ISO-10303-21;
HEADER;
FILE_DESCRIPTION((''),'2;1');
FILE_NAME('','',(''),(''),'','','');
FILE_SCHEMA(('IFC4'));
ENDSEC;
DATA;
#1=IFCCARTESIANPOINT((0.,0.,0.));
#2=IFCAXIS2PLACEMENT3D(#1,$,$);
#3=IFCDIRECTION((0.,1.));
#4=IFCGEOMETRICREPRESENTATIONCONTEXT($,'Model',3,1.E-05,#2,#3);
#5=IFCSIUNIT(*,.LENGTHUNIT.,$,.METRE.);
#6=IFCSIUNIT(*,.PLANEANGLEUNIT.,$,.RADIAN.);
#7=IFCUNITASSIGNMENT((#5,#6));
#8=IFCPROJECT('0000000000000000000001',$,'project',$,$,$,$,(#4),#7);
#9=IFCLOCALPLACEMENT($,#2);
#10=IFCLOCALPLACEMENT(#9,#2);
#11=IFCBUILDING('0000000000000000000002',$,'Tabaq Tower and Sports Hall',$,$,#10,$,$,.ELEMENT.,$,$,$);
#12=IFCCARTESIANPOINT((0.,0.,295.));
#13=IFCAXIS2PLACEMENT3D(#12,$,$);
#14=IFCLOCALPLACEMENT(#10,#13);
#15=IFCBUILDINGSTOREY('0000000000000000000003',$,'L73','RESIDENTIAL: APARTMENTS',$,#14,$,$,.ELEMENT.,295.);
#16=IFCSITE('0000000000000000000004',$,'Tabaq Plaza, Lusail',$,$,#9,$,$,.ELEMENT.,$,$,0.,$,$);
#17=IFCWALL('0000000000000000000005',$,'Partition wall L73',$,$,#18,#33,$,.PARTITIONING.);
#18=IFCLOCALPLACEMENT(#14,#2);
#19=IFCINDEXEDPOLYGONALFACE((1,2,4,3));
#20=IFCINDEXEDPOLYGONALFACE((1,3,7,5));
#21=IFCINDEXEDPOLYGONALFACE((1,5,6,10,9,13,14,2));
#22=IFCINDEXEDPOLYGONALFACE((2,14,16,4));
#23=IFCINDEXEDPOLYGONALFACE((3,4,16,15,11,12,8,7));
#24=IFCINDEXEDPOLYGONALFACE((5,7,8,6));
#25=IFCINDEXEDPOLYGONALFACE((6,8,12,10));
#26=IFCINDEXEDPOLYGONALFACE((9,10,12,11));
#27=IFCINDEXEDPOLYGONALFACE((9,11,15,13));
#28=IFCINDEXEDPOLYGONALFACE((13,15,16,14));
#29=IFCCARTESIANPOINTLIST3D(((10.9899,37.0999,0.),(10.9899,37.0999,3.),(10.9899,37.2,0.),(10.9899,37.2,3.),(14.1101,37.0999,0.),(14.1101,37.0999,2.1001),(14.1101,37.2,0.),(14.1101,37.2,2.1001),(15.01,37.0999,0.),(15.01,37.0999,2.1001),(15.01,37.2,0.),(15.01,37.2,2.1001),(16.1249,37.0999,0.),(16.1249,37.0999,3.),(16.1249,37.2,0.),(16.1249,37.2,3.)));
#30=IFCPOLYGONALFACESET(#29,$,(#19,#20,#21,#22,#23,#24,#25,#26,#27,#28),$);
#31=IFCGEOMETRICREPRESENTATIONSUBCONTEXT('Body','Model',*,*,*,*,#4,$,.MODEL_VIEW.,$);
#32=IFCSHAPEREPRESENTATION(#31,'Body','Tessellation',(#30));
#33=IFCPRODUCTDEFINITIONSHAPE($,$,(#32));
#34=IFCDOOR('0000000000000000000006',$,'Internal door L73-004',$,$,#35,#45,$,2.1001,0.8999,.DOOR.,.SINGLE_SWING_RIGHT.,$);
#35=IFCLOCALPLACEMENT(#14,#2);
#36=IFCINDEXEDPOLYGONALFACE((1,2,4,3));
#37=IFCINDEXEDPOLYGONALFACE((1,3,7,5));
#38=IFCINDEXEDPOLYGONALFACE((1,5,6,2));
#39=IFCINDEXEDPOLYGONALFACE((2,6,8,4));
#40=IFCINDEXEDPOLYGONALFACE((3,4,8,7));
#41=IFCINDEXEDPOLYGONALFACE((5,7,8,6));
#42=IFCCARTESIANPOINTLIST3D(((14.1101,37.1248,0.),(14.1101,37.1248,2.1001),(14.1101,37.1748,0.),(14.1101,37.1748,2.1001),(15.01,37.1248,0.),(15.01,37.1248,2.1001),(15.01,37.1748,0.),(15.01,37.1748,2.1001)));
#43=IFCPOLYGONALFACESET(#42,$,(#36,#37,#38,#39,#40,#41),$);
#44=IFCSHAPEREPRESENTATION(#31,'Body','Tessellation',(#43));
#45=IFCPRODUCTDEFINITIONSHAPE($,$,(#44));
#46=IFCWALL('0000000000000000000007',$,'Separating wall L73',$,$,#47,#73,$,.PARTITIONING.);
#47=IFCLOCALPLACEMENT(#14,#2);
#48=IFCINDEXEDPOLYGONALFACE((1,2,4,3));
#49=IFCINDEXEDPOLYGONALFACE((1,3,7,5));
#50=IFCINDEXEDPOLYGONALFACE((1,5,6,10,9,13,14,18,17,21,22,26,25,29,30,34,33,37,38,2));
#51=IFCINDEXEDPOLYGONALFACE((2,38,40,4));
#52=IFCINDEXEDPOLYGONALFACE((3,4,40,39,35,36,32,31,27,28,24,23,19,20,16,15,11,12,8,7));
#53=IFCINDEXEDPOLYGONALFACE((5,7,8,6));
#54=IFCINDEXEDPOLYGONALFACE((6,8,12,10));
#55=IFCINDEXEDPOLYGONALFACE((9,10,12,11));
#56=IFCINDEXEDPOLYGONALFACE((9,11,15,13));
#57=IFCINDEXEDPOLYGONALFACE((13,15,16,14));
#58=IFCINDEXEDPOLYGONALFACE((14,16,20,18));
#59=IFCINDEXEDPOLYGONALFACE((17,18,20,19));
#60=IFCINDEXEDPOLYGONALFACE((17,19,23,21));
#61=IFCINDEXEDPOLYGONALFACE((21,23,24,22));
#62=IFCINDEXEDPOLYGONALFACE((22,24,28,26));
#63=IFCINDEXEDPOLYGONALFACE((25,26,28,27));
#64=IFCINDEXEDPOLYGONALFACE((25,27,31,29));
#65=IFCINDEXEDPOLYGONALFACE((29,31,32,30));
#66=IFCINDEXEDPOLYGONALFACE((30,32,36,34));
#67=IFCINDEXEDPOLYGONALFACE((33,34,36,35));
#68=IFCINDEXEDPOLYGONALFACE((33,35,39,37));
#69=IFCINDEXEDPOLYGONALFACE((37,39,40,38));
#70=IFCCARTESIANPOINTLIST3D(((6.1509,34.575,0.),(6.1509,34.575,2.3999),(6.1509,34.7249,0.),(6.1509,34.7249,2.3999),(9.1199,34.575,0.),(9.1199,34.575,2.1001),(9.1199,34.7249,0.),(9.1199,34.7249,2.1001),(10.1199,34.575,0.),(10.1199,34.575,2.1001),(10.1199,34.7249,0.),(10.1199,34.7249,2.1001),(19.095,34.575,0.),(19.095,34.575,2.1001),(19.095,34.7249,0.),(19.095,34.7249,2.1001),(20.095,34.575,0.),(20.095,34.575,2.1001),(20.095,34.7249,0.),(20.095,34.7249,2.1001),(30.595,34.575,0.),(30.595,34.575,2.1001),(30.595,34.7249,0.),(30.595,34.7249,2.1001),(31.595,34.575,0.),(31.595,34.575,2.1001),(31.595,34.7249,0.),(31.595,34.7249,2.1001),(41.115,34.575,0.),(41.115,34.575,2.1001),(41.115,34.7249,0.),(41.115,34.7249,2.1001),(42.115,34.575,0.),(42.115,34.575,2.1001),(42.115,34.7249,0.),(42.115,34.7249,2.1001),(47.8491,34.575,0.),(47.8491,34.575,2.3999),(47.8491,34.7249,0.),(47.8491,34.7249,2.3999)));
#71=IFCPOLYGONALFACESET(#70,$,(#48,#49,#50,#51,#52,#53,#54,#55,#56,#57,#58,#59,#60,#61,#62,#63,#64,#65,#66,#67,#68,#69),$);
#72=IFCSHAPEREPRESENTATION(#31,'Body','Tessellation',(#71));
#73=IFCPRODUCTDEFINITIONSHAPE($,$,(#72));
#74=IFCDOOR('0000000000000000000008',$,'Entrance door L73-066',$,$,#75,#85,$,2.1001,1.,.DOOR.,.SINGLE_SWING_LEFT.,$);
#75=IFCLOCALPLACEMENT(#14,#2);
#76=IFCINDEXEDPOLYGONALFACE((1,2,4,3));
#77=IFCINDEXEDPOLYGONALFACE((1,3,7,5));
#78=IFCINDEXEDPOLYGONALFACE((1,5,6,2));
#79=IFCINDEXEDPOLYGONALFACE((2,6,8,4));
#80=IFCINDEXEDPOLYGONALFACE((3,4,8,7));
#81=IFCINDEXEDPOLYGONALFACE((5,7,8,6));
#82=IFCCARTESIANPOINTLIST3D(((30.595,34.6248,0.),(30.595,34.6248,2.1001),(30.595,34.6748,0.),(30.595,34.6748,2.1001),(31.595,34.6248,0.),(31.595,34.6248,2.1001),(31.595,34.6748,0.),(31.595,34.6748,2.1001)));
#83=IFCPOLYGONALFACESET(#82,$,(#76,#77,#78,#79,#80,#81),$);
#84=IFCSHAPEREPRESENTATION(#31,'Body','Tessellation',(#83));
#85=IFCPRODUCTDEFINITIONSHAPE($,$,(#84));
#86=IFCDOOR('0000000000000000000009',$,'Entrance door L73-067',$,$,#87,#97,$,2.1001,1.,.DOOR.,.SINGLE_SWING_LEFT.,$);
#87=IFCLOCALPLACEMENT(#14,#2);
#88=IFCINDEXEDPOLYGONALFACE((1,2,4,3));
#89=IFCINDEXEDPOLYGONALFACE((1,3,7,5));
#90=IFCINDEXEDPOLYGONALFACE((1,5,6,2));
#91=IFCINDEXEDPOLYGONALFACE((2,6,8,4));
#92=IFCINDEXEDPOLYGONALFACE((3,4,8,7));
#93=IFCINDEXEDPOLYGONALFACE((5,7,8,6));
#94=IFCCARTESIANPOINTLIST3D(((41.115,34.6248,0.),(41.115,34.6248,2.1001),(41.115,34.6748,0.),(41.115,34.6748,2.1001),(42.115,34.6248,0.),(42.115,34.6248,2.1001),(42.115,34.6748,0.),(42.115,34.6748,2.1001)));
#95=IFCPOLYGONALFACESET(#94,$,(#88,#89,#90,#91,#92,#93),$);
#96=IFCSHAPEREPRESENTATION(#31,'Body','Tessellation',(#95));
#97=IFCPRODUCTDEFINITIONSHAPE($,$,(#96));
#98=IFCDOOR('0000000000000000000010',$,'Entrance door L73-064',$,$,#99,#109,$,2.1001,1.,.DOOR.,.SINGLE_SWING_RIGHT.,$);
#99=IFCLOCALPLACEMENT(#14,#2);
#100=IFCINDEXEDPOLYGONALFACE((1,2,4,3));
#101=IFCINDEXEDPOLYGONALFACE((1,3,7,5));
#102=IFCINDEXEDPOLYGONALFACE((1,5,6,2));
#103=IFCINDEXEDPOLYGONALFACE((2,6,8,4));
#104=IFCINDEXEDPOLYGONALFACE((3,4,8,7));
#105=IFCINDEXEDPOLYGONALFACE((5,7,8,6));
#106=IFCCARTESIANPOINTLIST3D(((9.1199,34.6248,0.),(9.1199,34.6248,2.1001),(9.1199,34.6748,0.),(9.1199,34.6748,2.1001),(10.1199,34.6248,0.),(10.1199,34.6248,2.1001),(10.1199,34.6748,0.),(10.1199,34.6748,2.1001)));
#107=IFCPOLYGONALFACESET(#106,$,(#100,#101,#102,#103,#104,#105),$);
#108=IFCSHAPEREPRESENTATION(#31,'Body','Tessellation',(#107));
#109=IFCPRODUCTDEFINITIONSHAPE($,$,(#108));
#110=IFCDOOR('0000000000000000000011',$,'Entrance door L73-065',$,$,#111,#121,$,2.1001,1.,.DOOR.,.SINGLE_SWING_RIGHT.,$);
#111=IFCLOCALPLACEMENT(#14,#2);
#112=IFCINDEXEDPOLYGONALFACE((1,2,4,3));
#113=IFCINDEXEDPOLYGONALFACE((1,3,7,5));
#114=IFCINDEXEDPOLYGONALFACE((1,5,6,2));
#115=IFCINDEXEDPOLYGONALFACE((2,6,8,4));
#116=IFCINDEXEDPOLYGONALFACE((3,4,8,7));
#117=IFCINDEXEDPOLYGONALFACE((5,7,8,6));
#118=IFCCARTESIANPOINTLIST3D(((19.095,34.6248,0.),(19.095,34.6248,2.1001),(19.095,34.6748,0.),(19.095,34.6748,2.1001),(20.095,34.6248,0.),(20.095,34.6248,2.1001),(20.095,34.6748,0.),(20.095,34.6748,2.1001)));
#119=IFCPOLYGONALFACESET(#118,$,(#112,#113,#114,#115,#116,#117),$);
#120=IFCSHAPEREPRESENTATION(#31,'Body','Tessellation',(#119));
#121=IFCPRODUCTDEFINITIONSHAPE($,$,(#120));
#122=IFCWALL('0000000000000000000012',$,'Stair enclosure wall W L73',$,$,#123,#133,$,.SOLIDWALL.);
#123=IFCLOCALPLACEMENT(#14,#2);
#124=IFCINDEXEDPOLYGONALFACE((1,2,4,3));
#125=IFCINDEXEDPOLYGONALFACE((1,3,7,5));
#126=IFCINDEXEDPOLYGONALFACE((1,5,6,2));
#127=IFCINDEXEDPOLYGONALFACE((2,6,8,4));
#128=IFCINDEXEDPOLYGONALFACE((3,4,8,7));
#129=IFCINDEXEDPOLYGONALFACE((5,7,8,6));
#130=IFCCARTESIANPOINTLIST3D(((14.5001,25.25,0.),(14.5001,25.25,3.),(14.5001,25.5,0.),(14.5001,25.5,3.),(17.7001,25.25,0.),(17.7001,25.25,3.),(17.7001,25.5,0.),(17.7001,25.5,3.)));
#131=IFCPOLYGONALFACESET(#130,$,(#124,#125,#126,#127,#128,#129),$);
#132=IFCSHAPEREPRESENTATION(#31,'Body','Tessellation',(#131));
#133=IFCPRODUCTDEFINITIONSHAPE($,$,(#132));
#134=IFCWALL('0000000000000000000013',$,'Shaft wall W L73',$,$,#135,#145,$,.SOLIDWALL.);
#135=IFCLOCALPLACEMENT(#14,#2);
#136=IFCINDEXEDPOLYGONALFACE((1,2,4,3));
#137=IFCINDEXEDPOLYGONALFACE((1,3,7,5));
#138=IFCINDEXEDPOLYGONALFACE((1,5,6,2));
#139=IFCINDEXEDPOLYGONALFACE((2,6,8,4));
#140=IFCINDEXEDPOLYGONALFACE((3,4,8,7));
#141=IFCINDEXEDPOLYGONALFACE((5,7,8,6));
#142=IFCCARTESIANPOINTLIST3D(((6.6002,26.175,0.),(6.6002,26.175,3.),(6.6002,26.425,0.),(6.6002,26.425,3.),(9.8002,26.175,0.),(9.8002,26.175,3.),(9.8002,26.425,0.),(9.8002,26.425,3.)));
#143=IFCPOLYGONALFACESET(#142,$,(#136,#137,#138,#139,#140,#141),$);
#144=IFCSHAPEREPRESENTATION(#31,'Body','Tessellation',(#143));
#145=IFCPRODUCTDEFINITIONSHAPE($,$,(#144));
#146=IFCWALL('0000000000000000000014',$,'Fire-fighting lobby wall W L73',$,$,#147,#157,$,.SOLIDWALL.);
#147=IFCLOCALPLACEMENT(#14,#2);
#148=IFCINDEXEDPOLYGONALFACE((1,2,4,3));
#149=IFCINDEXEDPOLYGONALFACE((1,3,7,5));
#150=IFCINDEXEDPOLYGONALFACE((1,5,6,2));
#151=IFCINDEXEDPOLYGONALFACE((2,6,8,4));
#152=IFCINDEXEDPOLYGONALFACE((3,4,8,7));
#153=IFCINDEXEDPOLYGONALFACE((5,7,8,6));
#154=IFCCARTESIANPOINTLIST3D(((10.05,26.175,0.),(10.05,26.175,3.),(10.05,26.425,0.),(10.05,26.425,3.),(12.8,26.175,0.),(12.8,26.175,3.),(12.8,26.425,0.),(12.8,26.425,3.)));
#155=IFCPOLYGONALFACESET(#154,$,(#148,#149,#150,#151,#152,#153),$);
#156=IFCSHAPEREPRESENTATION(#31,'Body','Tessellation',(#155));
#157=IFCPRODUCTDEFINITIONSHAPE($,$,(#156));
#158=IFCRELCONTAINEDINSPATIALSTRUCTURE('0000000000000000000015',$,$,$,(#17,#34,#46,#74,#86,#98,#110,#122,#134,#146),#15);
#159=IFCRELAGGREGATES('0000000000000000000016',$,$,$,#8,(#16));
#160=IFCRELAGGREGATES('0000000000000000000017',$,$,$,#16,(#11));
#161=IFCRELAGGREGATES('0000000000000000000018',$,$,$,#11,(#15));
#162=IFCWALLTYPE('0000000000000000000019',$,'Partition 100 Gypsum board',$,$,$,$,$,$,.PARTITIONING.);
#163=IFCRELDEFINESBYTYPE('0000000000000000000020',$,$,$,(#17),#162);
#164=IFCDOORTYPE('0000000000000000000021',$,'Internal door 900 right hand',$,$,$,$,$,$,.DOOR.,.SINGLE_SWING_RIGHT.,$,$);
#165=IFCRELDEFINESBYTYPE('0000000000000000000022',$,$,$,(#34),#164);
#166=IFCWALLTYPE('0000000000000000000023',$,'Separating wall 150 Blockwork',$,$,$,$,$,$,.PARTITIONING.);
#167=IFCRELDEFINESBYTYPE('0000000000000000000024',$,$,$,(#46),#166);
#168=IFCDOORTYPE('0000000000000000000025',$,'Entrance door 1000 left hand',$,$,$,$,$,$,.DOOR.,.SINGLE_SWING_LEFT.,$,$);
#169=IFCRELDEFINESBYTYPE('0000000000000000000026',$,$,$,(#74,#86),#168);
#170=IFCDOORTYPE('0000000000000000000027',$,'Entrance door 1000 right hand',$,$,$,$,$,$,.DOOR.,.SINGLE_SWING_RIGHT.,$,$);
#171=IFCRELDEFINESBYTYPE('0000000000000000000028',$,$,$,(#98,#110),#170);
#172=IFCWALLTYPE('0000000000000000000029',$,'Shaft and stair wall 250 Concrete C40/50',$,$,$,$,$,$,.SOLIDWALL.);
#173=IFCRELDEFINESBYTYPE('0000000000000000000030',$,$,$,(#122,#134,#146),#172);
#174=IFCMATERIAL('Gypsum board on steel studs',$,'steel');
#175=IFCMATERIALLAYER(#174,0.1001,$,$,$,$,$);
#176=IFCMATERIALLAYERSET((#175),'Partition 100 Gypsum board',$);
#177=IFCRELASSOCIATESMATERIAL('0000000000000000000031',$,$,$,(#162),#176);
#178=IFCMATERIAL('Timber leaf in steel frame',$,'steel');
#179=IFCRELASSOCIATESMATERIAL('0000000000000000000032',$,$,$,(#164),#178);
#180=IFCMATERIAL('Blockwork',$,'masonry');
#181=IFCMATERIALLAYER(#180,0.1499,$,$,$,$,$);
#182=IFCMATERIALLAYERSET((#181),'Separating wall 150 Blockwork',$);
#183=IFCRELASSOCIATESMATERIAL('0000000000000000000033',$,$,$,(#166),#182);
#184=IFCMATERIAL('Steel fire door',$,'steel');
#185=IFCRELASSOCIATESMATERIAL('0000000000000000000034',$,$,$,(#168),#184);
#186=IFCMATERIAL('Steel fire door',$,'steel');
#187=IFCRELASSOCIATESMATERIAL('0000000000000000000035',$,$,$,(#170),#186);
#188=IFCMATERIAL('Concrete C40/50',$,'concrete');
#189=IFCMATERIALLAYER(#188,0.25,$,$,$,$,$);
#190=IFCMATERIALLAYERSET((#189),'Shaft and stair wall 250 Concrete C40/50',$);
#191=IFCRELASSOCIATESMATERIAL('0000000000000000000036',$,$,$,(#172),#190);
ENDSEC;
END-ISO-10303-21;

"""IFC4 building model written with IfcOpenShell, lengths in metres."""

from ifc_helpers import new_model, si_unit, direction, frame, frame_2d, origin, place, context, subcontext, project, spatial, rectangle, extrude, material, layer, layer_set, type_object, element, fill, save


model = new_model("IFC4")

# Units and contexts
model_context = context("Model", 3, precision=1e-05, world=origin(), true_north=direction((0.0, 1.0)))
body_context = subcontext(model_context, "Body", "Model", "MODEL_VIEW")
ifc_project = project(units=[si_unit("LENGTHUNIT", "METRE"), si_unit("PLANEANGLEUNIT", "RADIAN")], contexts=[model_context])

# Site, building, storey
site_placement = place(None, origin())
site = spatial("IfcSite", under=ifc_project, at=site_placement, Name="Tabaq Plaza, Lusail", CompositionType="ELEMENT", RefElevation=0.0)
building_placement = place(site_placement, origin())
building = spatial("IfcBuilding", under=site, at=building_placement, Name="Tabaq Tower and Sports Hall", CompositionType="ELEMENT")
storey_placement = place(building_placement, frame((0.0, 0.0, 295.0)))
storey = spatial("IfcBuildingStorey", under=building, at=storey_placement, Name="L73", Description="RESIDENTIAL: APARTMENTS", CompositionType="ELEMENT", Elevation=295.0)

# Shared definitions
ifc_material_1 = material(Name="Gypsum board on steel studs", Category="steel")
ifc_layer_1 = layer(ifc_material_1, 0.1001)
ifc_layer_set_1 = layer_set([ifc_layer_1], Name="Partition 100 Gypsum board")
wall_type_1 = type_object("IfcWallType", Name="Partition 100 Gypsum board", PredefinedType="PARTITIONING", material=ifc_layer_set_1)

# Shared definitions
ifc_material_2 = material(Name="Timber leaf in steel frame", Category="steel")
door_type_1 = type_object("IfcDoorType", Name="Internal door 900 right hand", OperationType="SINGLE_SWING_RIGHT", PredefinedType="DOOR", material=ifc_material_2)

# Wall, opening, door
wall_1_placement = place(storey_placement, frame((10.99, 37.1499, 0.0), z_axis=(0.0, 0.0, 1.0), x_axis=(1.0, 0.0, 0.0)))
wall_1 = element("IfcWall", 1, at=wall_1_placement, inside=storey, type_object=wall_type_1, Name="Partition wall L73", PredefinedType="PARTITIONING", context=body_context, shape_type="SweptSolid", body=[
    extrude(rectangle(XDim=5.135, YDim=0.1001, at=frame_2d((2.5674, 0.0))), origin(), (0.0, 0.0, 1.0), 3.0),
])
opening_1_placement = place(wall_1_placement, frame((3.1201, 0.0, 0.0)))
opening_1 = element("IfcOpeningElement", 2, at=opening_1_placement, cuts=wall_1, PredefinedType="OPENING", context=body_context, shape_type="SweptSolid", body=[
    extrude(rectangle(XDim=0.8999, YDim=2.1001, at=frame_2d((0.45, 1.05))), frame((0.0, 0.05, 0.0), z_axis=(0.0, -1.0, 0.0), x_axis=(1.0, 0.0, 0.0)), (0.0, 0.0, 1.0), 0.1001),
])
door_1_placement = place(opening_1_placement, origin())
door_1 = element("IfcDoor", 3, at=door_1_placement, inside=storey, type_object=door_type_1, Name="Internal door L73-004", OperationType="SINGLE_SWING_RIGHT", OverallHeight=2.1001, OverallWidth=0.8999, PredefinedType="DOOR", context=body_context, shape_type="SweptSolid", body=[
    extrude(rectangle(XDim=0.8999, YDim=2.1001, at=frame_2d((0.45, 1.05))), frame((0.0, 0.0249, 0.0), z_axis=(0.0, -1.0, 0.0), x_axis=(1.0, 0.0, 0.0)), (0.0, 0.0, 1.0), 0.05),
])
fill(opening_1, door_1)

# Wall, openings, doors
ifc_material_3 = material(Name="Blockwork", Category="masonry")
ifc_layer_2 = layer(ifc_material_3, 0.1499)
ifc_layer_set_2 = layer_set([ifc_layer_2], Name="Separating wall 150 Blockwork")
wall_type_2 = type_object("IfcWallType", Name="Separating wall 150 Blockwork", PredefinedType="PARTITIONING", material=ifc_layer_set_2)
wall_2_placement = place(storey_placement, frame((6.1509, 34.6499, 0.0), z_axis=(0.0, 0.0, 1.0), x_axis=(1.0, 0.0, 0.0)))
wall_2 = element("IfcWall", 4, at=wall_2_placement, inside=storey, type_object=wall_type_2, Name="Separating wall L73", PredefinedType="PARTITIONING", context=body_context, shape_type="SweptSolid", body=[
    extrude(rectangle(XDim=41.6982, YDim=0.1499, at=frame_2d((20.8491, 0.0))), origin(), (0.0, 0.0, 1.0), 2.3999),
])
opening_2_placement = place(wall_2_placement, frame((2.969, 0.0, 0.0)))
opening_2 = element("IfcOpeningElement", 5, at=opening_2_placement, cuts=wall_2, PredefinedType="OPENING", context=body_context, shape_type="SweptSolid", body=[
    extrude(rectangle(XDim=1.0, YDim=2.1001, at=frame_2d((0.5, 1.05))), frame((0.0, 0.075, 0.0), z_axis=(0.0, -1.0, 0.0), x_axis=(1.0, 0.0, 0.0)), (0.0, 0.0, 1.0), 0.1499),
])
opening_3_placement = place(wall_2_placement, frame((12.9441, 0.0, 0.0)))
opening_3 = element("IfcOpeningElement", 6, at=opening_3_placement, cuts=wall_2, PredefinedType="OPENING", context=body_context, shape_type="SweptSolid", body=[
    extrude(rectangle(XDim=1.0, YDim=2.1001, at=frame_2d((0.5, 1.05))), frame((0.0, 0.075, 0.0), z_axis=(0.0, -1.0, 0.0), x_axis=(1.0, 0.0, 0.0)), (0.0, 0.0, 1.0), 0.1499),
])
opening_4_placement = place(wall_2_placement, frame((24.4441, 0.0, 0.0)))
opening_4 = element("IfcOpeningElement", 7, at=opening_4_placement, cuts=wall_2, PredefinedType="OPENING", context=body_context, shape_type="SweptSolid", body=[
    extrude(rectangle(XDim=1.0, YDim=2.1001, at=frame_2d((0.5, 1.05))), frame((0.0, 0.075, 0.0), z_axis=(0.0, -1.0, 0.0), x_axis=(1.0, 0.0, 0.0)), (0.0, 0.0, 1.0), 0.1499),
])
opening_5_placement = place(wall_2_placement, frame((34.9641, 0.0, 0.0)))
opening_5 = element("IfcOpeningElement", 8, at=opening_5_placement, cuts=wall_2, PredefinedType="OPENING", context=body_context, shape_type="SweptSolid", body=[
    extrude(rectangle(XDim=1.0, YDim=2.1001, at=frame_2d((0.5, 1.05))), frame((0.0, 0.075, 0.0), z_axis=(0.0, -1.0, 0.0), x_axis=(1.0, 0.0, 0.0)), (0.0, 0.0, 1.0), 0.1499),
])
ifc_material_4 = material(Name="Steel fire door", Category="steel")
door_type_2 = type_object("IfcDoorType", Name="Entrance door 1000 left hand", OperationType="SINGLE_SWING_LEFT", PredefinedType="DOOR", material=ifc_material_4)
door_2_placement = place(opening_4_placement, origin())
door_2 = element("IfcDoor", 9, at=door_2_placement, inside=storey, type_object=door_type_2, Name="Entrance door L73-066", OperationType="SINGLE_SWING_LEFT", OverallHeight=2.1001, OverallWidth=1.0, PredefinedType="DOOR", context=body_context, shape_type="SweptSolid", body=[
    extrude(rectangle(XDim=1.0, YDim=2.1001, at=frame_2d((0.5, 1.05))), frame((0.0, 0.0249, 0.0), z_axis=(0.0, -1.0, 0.0), x_axis=(1.0, 0.0, 0.0)), (0.0, 0.0, 1.0), 0.05),
])
fill(opening_4, door_2)
door_3_placement = place(opening_5_placement, origin())
door_3 = element("IfcDoor", 10, at=door_3_placement, inside=storey, type_object=door_type_2, Name="Entrance door L73-067", OperationType="SINGLE_SWING_LEFT", OverallHeight=2.1001, OverallWidth=1.0, PredefinedType="DOOR", context=body_context, shape_type="SweptSolid", body=[
    extrude(rectangle(XDim=1.0, YDim=2.1001, at=frame_2d((0.5, 1.05))), frame((0.0, 0.0249, 0.0), z_axis=(0.0, -1.0, 0.0), x_axis=(1.0, 0.0, 0.0)), (0.0, 0.0, 1.0), 0.05),
])
fill(opening_5, door_3)
ifc_material_5 = material(Name="Steel fire door", Category="steel")
door_type_3 = type_object("IfcDoorType", Name="Entrance door 1000 right hand", OperationType="SINGLE_SWING_RIGHT", PredefinedType="DOOR", material=ifc_material_5)
door_4_placement = place(opening_2_placement, origin())
door_4 = element("IfcDoor", 11, at=door_4_placement, inside=storey, type_object=door_type_3, Name="Entrance door L73-064", OperationType="SINGLE_SWING_RIGHT", OverallHeight=2.1001, OverallWidth=1.0, PredefinedType="DOOR", context=body_context, shape_type="SweptSolid", body=[
    extrude(rectangle(XDim=1.0, YDim=2.1001, at=frame_2d((0.5, 1.05))), frame((0.0, 0.0249, 0.0), z_axis=(0.0, -1.0, 0.0), x_axis=(1.0, 0.0, 0.0)), (0.0, 0.0, 1.0), 0.05),
])
fill(opening_2, door_4)
door_5_placement = place(opening_3_placement, origin())
door_5 = element("IfcDoor", 12, at=door_5_placement, inside=storey, type_object=door_type_3, Name="Entrance door L73-065", OperationType="SINGLE_SWING_RIGHT", OverallHeight=2.1001, OverallWidth=1.0, PredefinedType="DOOR", context=body_context, shape_type="SweptSolid", body=[
    extrude(rectangle(XDim=1.0, YDim=2.1001, at=frame_2d((0.5, 1.05))), frame((0.0, 0.0249, 0.0), z_axis=(0.0, -1.0, 0.0), x_axis=(1.0, 0.0, 0.0)), (0.0, 0.0, 1.0), 0.05),
])
fill(opening_3, door_5)

# Walls
ifc_material_6 = material(Name="Concrete C40/50", Category="concrete")
ifc_layer_3 = layer(ifc_material_6, 0.25)
ifc_layer_set_3 = layer_set([ifc_layer_3], Name="Shaft and stair wall 250 Concrete C40/50")
wall_type_3 = type_object("IfcWallType", Name="Shaft and stair wall 250 Concrete C40/50", PredefinedType="SOLIDWALL", material=ifc_layer_set_3)
for number, where, z_axis, x_axis, name in (
    (13, (14.5, 25.375, 0.0), (0.0, 0.0, 1.0), (1.0, 0.0, 0.0), "Stair enclosure wall W L73"),
    (14, (6.6001, 26.3, 0.0), (0.0, 0.0, 1.0), (1.0, 0.0, 0.0), "Shaft wall W L73"),
):
    element("IfcWall", number, at=place(storey_placement, frame(where, z_axis=z_axis, x_axis=x_axis)), inside=storey, type_object=wall_type_3, Name=name, PredefinedType="SOLIDWALL", context=body_context, shape_type="SweptSolid", body=[
        extrude(rectangle(XDim=3.2, YDim=0.25, at=frame_2d((1.6001, 0.0))), origin(), (0.0, 0.0, 1.0), 3.0),
    ])
wall_3_placement = place(storey_placement, frame((10.05, 26.3, 0.0), z_axis=(0.0, 0.0, 1.0), x_axis=(1.0, 0.0, 0.0)))
element("IfcWall", 15, at=wall_3_placement, inside=storey, type_object=wall_type_3, Name="Fire-fighting lobby wall W L73", PredefinedType="SOLIDWALL", context=body_context, shape_type="SweptSolid", body=[
    extrude(rectangle(XDim=2.75, YDim=0.25, at=frame_2d((1.375, 0.0))), origin(), (0.0, 0.0, 1.0), 3.0),
])

save(model, "model.ifc")
